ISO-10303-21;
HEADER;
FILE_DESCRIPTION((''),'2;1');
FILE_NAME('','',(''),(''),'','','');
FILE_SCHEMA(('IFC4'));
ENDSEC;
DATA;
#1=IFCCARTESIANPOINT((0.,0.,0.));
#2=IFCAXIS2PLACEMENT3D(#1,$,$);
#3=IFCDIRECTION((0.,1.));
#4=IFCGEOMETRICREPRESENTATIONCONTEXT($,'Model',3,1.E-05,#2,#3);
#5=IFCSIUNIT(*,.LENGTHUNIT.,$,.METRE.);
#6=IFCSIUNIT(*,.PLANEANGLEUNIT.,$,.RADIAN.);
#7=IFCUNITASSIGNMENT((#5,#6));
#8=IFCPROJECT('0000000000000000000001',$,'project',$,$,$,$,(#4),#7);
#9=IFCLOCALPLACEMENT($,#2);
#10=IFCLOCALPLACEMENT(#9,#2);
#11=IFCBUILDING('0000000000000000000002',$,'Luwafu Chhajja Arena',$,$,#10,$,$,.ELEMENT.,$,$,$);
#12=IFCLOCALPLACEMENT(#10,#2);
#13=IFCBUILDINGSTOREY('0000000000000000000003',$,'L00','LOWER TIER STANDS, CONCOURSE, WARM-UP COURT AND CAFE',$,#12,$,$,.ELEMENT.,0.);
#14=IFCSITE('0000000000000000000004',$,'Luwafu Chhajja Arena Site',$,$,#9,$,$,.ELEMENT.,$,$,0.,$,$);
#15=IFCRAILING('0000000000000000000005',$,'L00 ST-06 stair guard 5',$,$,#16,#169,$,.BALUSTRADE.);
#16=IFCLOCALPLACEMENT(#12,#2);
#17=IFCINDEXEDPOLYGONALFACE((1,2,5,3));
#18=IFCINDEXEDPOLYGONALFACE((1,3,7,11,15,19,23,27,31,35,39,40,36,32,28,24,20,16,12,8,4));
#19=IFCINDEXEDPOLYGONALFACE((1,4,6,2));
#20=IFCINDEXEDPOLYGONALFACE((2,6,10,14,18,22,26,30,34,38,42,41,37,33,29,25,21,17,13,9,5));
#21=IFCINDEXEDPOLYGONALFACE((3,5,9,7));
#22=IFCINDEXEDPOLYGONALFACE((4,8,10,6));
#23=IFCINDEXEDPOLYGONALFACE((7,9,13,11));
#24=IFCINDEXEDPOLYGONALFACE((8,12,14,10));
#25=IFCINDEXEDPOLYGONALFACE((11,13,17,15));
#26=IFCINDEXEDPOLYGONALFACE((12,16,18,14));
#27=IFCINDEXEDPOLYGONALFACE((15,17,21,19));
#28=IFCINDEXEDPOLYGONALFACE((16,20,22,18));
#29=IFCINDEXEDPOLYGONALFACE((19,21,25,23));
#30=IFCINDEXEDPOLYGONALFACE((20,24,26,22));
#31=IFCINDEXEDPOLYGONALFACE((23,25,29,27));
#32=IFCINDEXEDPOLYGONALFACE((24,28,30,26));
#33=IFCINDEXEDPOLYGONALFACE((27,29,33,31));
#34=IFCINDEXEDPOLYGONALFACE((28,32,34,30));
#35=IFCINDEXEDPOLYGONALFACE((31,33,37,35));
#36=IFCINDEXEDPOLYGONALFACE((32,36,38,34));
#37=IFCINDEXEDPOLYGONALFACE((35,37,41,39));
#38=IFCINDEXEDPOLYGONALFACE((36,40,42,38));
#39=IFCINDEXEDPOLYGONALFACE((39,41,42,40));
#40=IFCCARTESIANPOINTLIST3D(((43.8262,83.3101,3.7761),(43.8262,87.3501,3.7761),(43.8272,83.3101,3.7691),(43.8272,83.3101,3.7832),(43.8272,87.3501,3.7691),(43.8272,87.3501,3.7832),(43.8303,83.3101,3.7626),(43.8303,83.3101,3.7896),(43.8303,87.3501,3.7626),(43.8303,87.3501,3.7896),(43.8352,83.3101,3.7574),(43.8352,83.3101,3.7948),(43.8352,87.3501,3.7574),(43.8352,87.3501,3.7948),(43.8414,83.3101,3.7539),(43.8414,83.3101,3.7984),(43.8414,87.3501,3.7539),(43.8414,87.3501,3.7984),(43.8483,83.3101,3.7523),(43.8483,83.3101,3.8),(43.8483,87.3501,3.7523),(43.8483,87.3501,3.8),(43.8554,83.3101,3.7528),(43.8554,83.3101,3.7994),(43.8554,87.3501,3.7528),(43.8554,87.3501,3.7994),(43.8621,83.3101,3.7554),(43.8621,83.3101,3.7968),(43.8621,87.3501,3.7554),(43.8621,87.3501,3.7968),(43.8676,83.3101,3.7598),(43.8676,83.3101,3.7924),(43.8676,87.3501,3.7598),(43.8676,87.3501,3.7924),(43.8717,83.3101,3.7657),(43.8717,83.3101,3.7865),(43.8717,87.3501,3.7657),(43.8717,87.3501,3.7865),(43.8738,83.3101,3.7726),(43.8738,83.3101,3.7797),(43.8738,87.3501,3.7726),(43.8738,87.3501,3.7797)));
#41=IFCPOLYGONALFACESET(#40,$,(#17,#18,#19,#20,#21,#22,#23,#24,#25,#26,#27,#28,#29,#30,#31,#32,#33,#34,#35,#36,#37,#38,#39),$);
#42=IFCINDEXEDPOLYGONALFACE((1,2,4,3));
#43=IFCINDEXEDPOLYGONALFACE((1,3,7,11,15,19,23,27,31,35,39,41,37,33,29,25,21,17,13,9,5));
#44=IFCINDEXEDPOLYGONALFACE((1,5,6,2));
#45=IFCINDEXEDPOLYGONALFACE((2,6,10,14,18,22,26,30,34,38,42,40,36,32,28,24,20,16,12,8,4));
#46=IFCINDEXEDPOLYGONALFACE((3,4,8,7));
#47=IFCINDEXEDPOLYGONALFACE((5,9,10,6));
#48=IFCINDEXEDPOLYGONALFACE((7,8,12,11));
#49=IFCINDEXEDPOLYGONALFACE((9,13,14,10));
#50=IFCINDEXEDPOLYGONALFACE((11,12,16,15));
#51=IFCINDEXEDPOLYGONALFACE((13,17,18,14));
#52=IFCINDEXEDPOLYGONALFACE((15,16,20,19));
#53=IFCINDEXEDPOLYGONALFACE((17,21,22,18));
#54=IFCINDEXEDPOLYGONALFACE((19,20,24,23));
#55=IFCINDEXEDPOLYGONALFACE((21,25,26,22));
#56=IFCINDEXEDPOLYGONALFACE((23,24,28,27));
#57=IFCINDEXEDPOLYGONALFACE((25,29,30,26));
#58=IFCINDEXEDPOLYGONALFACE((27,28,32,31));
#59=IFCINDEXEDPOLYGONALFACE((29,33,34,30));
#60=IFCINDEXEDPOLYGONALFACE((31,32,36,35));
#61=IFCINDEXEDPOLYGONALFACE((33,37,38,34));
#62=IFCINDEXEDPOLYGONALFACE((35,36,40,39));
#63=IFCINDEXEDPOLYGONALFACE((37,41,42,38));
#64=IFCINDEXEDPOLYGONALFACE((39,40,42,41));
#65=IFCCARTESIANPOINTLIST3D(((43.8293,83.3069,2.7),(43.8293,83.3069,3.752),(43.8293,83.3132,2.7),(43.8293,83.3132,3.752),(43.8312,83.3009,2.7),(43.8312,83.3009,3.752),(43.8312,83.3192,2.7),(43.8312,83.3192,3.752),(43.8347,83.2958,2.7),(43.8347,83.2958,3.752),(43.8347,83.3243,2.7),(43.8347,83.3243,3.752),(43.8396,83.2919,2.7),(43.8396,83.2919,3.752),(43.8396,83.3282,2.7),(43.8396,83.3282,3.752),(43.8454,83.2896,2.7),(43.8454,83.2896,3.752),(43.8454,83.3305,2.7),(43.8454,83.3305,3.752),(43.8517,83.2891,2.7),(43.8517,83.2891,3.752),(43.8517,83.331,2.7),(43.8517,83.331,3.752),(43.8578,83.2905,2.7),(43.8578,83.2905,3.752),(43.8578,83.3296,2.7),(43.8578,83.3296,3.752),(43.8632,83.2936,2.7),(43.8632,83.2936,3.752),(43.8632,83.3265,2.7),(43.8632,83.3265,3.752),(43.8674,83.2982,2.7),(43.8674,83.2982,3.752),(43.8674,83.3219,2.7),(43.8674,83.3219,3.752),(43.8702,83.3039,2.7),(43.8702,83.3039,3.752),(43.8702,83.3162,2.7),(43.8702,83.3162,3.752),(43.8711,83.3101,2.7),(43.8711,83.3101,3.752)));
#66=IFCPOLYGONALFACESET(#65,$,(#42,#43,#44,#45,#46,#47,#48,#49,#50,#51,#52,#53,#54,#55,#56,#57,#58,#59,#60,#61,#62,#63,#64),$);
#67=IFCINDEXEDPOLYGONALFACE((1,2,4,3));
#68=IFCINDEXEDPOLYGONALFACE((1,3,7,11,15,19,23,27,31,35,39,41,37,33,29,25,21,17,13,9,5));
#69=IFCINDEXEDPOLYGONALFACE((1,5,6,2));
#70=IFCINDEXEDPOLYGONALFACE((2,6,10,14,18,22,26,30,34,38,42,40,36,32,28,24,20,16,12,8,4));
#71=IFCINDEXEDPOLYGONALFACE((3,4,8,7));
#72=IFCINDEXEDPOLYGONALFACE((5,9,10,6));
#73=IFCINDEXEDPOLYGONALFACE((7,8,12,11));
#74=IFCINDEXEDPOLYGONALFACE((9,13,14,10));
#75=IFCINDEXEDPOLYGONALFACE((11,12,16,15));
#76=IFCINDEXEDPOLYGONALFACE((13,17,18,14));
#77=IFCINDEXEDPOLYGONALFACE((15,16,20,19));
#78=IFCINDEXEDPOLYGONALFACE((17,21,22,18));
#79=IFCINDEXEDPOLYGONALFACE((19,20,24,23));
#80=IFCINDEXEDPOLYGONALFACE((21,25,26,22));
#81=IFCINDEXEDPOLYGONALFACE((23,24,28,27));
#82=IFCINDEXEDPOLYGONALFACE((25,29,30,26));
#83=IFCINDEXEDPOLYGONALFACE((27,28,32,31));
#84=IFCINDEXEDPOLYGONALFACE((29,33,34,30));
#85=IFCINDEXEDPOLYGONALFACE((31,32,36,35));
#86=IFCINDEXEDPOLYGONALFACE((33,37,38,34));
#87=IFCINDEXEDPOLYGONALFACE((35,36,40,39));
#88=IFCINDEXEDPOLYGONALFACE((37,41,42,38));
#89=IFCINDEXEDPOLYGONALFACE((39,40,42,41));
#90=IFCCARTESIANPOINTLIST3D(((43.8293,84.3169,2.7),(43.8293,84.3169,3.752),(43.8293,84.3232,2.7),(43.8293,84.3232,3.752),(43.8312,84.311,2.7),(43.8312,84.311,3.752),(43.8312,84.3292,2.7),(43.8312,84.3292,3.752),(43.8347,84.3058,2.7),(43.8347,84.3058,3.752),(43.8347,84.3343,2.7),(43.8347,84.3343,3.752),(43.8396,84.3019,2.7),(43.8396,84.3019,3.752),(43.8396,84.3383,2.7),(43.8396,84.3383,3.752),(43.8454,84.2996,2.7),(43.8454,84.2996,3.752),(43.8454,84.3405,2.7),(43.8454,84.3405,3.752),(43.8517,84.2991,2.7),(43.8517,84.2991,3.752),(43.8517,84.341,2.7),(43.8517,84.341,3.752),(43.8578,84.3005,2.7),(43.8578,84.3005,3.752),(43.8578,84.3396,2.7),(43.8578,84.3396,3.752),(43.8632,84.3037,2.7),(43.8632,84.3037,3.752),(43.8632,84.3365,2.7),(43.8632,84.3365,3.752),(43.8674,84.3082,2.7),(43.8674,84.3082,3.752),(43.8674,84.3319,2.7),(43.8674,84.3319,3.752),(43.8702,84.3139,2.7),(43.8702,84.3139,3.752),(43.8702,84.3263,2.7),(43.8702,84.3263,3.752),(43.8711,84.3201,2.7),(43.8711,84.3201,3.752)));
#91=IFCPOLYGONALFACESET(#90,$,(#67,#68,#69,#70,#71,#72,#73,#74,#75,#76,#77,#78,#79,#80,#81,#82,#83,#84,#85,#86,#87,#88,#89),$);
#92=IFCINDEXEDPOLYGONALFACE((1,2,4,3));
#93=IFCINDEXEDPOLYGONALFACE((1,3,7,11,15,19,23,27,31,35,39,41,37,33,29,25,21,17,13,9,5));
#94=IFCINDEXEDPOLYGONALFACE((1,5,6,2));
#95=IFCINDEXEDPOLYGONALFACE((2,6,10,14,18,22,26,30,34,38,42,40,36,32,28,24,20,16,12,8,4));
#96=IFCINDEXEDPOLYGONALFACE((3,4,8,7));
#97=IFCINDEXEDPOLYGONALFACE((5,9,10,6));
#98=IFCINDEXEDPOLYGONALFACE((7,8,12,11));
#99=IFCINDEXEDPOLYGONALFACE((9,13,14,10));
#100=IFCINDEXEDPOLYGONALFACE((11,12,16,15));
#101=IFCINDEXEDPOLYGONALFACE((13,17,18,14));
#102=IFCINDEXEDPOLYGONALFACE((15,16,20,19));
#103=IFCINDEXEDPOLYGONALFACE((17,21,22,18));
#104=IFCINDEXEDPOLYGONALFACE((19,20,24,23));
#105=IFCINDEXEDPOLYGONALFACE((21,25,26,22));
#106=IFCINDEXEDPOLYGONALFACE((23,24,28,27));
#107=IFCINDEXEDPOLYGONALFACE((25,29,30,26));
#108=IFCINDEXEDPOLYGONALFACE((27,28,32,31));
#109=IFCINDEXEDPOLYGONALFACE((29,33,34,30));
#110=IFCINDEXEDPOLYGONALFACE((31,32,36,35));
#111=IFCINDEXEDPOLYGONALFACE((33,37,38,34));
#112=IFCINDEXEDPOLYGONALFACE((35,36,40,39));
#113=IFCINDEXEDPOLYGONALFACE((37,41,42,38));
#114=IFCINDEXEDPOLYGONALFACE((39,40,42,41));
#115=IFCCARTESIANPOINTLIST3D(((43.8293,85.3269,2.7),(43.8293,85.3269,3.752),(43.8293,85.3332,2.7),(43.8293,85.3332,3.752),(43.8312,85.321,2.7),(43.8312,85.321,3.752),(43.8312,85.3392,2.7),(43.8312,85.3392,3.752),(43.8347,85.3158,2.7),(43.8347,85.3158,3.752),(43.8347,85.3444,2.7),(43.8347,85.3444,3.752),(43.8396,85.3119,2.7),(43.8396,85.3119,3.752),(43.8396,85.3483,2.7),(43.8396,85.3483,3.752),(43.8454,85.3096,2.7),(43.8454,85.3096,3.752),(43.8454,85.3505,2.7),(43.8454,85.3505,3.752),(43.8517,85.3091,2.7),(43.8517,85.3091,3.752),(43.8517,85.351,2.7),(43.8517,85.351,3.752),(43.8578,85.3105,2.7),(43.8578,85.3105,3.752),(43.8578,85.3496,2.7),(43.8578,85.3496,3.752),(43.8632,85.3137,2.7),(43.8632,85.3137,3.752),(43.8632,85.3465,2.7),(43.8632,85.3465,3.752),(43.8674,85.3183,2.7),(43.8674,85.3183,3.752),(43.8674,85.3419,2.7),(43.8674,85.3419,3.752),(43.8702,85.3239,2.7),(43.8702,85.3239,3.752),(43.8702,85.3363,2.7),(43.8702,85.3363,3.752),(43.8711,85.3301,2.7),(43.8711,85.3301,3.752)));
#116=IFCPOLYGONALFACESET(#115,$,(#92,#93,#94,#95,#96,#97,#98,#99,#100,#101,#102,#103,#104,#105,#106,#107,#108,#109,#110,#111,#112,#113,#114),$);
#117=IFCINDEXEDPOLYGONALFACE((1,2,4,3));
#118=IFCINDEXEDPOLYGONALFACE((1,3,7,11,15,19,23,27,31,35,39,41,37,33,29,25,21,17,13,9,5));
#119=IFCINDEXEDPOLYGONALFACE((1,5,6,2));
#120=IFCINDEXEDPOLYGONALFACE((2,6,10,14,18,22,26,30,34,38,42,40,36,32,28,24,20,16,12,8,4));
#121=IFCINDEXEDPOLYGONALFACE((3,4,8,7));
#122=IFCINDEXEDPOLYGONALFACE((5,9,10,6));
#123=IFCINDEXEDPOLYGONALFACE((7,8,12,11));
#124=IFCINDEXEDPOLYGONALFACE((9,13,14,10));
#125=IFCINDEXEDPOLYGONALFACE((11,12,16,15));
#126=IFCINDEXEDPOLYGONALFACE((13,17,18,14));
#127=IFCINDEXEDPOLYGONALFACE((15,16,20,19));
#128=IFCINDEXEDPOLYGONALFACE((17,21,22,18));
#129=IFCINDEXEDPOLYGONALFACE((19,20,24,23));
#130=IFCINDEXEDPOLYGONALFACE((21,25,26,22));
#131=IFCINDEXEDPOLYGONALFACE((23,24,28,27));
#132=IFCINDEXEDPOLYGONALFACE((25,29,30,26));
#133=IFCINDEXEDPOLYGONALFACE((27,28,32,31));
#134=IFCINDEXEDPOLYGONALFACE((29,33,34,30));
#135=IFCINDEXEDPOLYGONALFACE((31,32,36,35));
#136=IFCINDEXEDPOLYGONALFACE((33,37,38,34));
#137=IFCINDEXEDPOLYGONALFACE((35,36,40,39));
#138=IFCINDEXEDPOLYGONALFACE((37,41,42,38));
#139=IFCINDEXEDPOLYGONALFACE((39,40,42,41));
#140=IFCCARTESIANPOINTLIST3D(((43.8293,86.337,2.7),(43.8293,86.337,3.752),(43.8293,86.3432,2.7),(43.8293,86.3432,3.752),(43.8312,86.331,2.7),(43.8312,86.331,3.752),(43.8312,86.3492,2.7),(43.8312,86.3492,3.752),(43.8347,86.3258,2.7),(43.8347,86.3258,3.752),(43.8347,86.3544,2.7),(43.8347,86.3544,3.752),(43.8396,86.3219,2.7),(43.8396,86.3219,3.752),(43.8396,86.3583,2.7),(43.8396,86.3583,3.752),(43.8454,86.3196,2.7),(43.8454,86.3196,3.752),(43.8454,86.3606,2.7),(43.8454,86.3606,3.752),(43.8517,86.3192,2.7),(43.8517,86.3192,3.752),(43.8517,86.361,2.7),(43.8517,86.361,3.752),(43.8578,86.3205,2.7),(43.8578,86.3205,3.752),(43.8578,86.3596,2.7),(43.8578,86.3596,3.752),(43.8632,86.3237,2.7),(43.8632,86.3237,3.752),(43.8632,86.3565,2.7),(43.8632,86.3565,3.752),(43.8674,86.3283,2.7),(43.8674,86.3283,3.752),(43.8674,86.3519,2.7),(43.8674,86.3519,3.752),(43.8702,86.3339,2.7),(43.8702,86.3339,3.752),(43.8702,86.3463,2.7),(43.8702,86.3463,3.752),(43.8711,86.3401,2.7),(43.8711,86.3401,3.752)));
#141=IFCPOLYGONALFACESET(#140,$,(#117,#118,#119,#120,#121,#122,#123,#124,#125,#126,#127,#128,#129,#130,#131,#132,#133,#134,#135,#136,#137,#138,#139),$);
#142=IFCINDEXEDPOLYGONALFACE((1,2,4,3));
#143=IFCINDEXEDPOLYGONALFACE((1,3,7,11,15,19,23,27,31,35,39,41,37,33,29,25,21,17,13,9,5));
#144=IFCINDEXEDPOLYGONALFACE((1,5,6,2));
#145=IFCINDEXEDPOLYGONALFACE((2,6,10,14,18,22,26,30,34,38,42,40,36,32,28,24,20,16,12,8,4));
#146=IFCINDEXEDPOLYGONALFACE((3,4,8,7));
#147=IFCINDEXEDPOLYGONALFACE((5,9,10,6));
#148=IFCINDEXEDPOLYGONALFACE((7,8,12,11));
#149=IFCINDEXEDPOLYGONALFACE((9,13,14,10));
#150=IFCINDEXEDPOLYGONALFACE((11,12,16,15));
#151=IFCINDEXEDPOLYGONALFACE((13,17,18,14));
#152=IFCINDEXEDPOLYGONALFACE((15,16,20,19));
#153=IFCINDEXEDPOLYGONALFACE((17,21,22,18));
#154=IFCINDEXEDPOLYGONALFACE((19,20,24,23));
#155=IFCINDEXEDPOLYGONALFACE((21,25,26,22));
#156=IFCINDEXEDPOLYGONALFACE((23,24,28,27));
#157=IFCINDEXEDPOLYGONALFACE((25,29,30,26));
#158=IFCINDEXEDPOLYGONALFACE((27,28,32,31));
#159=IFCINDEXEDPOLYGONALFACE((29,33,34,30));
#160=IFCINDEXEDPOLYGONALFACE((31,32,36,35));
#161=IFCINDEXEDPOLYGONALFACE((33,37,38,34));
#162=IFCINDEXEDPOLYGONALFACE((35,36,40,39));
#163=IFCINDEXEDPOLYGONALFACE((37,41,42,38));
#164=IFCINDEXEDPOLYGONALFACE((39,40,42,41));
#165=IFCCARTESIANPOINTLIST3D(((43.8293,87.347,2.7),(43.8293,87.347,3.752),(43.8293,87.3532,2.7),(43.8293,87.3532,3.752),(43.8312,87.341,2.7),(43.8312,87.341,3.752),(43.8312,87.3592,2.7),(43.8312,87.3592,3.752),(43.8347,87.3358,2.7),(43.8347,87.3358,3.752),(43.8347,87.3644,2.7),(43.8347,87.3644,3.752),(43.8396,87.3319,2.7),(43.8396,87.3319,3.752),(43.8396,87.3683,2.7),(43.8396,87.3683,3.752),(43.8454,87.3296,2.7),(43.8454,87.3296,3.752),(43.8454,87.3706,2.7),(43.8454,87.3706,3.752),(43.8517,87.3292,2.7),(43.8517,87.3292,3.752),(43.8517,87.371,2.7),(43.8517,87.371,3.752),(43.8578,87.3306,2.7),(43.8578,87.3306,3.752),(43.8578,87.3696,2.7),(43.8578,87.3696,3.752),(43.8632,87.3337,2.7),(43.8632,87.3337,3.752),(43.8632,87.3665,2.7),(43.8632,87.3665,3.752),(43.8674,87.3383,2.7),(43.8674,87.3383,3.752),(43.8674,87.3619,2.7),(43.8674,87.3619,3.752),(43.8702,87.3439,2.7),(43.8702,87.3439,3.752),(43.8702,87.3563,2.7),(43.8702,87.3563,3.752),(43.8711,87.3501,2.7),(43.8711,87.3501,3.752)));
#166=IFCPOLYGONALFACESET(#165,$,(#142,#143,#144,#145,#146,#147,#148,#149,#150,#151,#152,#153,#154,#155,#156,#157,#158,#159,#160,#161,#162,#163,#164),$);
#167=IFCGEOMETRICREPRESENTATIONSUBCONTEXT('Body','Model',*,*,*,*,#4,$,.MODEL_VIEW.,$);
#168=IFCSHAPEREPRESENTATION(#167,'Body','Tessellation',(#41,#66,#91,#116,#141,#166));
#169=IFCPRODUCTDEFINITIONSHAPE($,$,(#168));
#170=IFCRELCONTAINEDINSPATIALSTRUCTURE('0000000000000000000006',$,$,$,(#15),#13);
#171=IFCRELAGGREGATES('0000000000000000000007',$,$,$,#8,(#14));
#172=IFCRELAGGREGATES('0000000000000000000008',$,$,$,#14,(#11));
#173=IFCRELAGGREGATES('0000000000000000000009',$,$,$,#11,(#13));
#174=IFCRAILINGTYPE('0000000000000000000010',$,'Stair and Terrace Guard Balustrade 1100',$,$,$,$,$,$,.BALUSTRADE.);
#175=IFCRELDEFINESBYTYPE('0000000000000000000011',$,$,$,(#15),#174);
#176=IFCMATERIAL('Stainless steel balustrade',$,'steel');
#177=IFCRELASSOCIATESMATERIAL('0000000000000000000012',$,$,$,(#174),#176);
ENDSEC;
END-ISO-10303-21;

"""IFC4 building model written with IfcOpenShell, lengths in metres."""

from ifc_helpers import new_model, si_unit, direction, frame, origin, origin_2d, place, context, subcontext, project, spatial, circle, extrude, material, type_object, element, save


model = new_model("IFC4")

# Units and contexts
model_context = context("Model", 3, precision=1e-05, world=origin(), true_north=direction((0.0, 1.0)))
body_context = subcontext(model_context, "Body", "Model", "MODEL_VIEW")
ifc_project = project(units=[si_unit("LENGTHUNIT", "METRE"), si_unit("PLANEANGLEUNIT", "RADIAN")], contexts=[model_context])

# Site, building, storey
site_placement = place(None, origin())
site = spatial("IfcSite", under=ifc_project, at=site_placement, Name="Luwafu Chhajja Arena Site", CompositionType="ELEMENT", RefElevation=0.0)
building_placement = place(site_placement, origin())
building = spatial("IfcBuilding", under=site, at=building_placement, Name="Luwafu Chhajja Arena", CompositionType="ELEMENT")
storey_placement = place(building_placement, origin())
storey = spatial("IfcBuildingStorey", under=building, at=storey_placement, Name="L00", Description="LOWER TIER STANDS, CONCOURSE, WARM-UP COURT AND CAFE", CompositionType="ELEMENT", Elevation=0.0)

# Railing
ifc_material_1 = material(Name="Stainless steel balustrade", Category="steel")
railing_type_1 = type_object("IfcRailingType", Name="Stair and Terrace Guard Balustrade 1100", PredefinedType="BALUSTRADE", material=ifc_material_1)
railing_1_placement = place(storey_placement, frame((43.8501, 83.3101, 2.7)))
element("IfcRailing", 1, at=railing_1_placement, inside=storey, type_object=railing_type_1, Name="L00 ST-06 stair guard 5", PredefinedType="BALUSTRADE", context=body_context, shape_type="SweptSolid", body=[
    extrude(circle(Radius=0.0239, at=origin_2d()), frame((0.0, 0.0, 1.0762), z_axis=(0.0, 1.0, 0.0), x_axis=(-1.0, 0.0, 0.0)), (0.0, 0.0, 1.0), 4.04),
    extrude(circle(Radius=0.021, at=origin_2d()), origin(), (0.0, 0.0, 1.0), 1.052),
    extrude(circle(Radius=0.021, at=origin_2d()), frame((0.0, 1.01, 0.0)), (0.0, 0.0, 1.0), 1.052),
    extrude(circle(Radius=0.021, at=origin_2d()), frame((0.0, 2.02, 0.0)), (0.0, 0.0, 1.0), 1.052),
    extrude(circle(Radius=0.021, at=origin_2d()), frame((0.0, 3.03, 0.0)), (0.0, 0.0, 1.0), 1.052),
    extrude(circle(Radius=0.021, at=origin_2d()), frame((0.0, 4.04, 0.0)), (0.0, 0.0, 1.0), 1.052),
])

save(model, "model.ifc")
